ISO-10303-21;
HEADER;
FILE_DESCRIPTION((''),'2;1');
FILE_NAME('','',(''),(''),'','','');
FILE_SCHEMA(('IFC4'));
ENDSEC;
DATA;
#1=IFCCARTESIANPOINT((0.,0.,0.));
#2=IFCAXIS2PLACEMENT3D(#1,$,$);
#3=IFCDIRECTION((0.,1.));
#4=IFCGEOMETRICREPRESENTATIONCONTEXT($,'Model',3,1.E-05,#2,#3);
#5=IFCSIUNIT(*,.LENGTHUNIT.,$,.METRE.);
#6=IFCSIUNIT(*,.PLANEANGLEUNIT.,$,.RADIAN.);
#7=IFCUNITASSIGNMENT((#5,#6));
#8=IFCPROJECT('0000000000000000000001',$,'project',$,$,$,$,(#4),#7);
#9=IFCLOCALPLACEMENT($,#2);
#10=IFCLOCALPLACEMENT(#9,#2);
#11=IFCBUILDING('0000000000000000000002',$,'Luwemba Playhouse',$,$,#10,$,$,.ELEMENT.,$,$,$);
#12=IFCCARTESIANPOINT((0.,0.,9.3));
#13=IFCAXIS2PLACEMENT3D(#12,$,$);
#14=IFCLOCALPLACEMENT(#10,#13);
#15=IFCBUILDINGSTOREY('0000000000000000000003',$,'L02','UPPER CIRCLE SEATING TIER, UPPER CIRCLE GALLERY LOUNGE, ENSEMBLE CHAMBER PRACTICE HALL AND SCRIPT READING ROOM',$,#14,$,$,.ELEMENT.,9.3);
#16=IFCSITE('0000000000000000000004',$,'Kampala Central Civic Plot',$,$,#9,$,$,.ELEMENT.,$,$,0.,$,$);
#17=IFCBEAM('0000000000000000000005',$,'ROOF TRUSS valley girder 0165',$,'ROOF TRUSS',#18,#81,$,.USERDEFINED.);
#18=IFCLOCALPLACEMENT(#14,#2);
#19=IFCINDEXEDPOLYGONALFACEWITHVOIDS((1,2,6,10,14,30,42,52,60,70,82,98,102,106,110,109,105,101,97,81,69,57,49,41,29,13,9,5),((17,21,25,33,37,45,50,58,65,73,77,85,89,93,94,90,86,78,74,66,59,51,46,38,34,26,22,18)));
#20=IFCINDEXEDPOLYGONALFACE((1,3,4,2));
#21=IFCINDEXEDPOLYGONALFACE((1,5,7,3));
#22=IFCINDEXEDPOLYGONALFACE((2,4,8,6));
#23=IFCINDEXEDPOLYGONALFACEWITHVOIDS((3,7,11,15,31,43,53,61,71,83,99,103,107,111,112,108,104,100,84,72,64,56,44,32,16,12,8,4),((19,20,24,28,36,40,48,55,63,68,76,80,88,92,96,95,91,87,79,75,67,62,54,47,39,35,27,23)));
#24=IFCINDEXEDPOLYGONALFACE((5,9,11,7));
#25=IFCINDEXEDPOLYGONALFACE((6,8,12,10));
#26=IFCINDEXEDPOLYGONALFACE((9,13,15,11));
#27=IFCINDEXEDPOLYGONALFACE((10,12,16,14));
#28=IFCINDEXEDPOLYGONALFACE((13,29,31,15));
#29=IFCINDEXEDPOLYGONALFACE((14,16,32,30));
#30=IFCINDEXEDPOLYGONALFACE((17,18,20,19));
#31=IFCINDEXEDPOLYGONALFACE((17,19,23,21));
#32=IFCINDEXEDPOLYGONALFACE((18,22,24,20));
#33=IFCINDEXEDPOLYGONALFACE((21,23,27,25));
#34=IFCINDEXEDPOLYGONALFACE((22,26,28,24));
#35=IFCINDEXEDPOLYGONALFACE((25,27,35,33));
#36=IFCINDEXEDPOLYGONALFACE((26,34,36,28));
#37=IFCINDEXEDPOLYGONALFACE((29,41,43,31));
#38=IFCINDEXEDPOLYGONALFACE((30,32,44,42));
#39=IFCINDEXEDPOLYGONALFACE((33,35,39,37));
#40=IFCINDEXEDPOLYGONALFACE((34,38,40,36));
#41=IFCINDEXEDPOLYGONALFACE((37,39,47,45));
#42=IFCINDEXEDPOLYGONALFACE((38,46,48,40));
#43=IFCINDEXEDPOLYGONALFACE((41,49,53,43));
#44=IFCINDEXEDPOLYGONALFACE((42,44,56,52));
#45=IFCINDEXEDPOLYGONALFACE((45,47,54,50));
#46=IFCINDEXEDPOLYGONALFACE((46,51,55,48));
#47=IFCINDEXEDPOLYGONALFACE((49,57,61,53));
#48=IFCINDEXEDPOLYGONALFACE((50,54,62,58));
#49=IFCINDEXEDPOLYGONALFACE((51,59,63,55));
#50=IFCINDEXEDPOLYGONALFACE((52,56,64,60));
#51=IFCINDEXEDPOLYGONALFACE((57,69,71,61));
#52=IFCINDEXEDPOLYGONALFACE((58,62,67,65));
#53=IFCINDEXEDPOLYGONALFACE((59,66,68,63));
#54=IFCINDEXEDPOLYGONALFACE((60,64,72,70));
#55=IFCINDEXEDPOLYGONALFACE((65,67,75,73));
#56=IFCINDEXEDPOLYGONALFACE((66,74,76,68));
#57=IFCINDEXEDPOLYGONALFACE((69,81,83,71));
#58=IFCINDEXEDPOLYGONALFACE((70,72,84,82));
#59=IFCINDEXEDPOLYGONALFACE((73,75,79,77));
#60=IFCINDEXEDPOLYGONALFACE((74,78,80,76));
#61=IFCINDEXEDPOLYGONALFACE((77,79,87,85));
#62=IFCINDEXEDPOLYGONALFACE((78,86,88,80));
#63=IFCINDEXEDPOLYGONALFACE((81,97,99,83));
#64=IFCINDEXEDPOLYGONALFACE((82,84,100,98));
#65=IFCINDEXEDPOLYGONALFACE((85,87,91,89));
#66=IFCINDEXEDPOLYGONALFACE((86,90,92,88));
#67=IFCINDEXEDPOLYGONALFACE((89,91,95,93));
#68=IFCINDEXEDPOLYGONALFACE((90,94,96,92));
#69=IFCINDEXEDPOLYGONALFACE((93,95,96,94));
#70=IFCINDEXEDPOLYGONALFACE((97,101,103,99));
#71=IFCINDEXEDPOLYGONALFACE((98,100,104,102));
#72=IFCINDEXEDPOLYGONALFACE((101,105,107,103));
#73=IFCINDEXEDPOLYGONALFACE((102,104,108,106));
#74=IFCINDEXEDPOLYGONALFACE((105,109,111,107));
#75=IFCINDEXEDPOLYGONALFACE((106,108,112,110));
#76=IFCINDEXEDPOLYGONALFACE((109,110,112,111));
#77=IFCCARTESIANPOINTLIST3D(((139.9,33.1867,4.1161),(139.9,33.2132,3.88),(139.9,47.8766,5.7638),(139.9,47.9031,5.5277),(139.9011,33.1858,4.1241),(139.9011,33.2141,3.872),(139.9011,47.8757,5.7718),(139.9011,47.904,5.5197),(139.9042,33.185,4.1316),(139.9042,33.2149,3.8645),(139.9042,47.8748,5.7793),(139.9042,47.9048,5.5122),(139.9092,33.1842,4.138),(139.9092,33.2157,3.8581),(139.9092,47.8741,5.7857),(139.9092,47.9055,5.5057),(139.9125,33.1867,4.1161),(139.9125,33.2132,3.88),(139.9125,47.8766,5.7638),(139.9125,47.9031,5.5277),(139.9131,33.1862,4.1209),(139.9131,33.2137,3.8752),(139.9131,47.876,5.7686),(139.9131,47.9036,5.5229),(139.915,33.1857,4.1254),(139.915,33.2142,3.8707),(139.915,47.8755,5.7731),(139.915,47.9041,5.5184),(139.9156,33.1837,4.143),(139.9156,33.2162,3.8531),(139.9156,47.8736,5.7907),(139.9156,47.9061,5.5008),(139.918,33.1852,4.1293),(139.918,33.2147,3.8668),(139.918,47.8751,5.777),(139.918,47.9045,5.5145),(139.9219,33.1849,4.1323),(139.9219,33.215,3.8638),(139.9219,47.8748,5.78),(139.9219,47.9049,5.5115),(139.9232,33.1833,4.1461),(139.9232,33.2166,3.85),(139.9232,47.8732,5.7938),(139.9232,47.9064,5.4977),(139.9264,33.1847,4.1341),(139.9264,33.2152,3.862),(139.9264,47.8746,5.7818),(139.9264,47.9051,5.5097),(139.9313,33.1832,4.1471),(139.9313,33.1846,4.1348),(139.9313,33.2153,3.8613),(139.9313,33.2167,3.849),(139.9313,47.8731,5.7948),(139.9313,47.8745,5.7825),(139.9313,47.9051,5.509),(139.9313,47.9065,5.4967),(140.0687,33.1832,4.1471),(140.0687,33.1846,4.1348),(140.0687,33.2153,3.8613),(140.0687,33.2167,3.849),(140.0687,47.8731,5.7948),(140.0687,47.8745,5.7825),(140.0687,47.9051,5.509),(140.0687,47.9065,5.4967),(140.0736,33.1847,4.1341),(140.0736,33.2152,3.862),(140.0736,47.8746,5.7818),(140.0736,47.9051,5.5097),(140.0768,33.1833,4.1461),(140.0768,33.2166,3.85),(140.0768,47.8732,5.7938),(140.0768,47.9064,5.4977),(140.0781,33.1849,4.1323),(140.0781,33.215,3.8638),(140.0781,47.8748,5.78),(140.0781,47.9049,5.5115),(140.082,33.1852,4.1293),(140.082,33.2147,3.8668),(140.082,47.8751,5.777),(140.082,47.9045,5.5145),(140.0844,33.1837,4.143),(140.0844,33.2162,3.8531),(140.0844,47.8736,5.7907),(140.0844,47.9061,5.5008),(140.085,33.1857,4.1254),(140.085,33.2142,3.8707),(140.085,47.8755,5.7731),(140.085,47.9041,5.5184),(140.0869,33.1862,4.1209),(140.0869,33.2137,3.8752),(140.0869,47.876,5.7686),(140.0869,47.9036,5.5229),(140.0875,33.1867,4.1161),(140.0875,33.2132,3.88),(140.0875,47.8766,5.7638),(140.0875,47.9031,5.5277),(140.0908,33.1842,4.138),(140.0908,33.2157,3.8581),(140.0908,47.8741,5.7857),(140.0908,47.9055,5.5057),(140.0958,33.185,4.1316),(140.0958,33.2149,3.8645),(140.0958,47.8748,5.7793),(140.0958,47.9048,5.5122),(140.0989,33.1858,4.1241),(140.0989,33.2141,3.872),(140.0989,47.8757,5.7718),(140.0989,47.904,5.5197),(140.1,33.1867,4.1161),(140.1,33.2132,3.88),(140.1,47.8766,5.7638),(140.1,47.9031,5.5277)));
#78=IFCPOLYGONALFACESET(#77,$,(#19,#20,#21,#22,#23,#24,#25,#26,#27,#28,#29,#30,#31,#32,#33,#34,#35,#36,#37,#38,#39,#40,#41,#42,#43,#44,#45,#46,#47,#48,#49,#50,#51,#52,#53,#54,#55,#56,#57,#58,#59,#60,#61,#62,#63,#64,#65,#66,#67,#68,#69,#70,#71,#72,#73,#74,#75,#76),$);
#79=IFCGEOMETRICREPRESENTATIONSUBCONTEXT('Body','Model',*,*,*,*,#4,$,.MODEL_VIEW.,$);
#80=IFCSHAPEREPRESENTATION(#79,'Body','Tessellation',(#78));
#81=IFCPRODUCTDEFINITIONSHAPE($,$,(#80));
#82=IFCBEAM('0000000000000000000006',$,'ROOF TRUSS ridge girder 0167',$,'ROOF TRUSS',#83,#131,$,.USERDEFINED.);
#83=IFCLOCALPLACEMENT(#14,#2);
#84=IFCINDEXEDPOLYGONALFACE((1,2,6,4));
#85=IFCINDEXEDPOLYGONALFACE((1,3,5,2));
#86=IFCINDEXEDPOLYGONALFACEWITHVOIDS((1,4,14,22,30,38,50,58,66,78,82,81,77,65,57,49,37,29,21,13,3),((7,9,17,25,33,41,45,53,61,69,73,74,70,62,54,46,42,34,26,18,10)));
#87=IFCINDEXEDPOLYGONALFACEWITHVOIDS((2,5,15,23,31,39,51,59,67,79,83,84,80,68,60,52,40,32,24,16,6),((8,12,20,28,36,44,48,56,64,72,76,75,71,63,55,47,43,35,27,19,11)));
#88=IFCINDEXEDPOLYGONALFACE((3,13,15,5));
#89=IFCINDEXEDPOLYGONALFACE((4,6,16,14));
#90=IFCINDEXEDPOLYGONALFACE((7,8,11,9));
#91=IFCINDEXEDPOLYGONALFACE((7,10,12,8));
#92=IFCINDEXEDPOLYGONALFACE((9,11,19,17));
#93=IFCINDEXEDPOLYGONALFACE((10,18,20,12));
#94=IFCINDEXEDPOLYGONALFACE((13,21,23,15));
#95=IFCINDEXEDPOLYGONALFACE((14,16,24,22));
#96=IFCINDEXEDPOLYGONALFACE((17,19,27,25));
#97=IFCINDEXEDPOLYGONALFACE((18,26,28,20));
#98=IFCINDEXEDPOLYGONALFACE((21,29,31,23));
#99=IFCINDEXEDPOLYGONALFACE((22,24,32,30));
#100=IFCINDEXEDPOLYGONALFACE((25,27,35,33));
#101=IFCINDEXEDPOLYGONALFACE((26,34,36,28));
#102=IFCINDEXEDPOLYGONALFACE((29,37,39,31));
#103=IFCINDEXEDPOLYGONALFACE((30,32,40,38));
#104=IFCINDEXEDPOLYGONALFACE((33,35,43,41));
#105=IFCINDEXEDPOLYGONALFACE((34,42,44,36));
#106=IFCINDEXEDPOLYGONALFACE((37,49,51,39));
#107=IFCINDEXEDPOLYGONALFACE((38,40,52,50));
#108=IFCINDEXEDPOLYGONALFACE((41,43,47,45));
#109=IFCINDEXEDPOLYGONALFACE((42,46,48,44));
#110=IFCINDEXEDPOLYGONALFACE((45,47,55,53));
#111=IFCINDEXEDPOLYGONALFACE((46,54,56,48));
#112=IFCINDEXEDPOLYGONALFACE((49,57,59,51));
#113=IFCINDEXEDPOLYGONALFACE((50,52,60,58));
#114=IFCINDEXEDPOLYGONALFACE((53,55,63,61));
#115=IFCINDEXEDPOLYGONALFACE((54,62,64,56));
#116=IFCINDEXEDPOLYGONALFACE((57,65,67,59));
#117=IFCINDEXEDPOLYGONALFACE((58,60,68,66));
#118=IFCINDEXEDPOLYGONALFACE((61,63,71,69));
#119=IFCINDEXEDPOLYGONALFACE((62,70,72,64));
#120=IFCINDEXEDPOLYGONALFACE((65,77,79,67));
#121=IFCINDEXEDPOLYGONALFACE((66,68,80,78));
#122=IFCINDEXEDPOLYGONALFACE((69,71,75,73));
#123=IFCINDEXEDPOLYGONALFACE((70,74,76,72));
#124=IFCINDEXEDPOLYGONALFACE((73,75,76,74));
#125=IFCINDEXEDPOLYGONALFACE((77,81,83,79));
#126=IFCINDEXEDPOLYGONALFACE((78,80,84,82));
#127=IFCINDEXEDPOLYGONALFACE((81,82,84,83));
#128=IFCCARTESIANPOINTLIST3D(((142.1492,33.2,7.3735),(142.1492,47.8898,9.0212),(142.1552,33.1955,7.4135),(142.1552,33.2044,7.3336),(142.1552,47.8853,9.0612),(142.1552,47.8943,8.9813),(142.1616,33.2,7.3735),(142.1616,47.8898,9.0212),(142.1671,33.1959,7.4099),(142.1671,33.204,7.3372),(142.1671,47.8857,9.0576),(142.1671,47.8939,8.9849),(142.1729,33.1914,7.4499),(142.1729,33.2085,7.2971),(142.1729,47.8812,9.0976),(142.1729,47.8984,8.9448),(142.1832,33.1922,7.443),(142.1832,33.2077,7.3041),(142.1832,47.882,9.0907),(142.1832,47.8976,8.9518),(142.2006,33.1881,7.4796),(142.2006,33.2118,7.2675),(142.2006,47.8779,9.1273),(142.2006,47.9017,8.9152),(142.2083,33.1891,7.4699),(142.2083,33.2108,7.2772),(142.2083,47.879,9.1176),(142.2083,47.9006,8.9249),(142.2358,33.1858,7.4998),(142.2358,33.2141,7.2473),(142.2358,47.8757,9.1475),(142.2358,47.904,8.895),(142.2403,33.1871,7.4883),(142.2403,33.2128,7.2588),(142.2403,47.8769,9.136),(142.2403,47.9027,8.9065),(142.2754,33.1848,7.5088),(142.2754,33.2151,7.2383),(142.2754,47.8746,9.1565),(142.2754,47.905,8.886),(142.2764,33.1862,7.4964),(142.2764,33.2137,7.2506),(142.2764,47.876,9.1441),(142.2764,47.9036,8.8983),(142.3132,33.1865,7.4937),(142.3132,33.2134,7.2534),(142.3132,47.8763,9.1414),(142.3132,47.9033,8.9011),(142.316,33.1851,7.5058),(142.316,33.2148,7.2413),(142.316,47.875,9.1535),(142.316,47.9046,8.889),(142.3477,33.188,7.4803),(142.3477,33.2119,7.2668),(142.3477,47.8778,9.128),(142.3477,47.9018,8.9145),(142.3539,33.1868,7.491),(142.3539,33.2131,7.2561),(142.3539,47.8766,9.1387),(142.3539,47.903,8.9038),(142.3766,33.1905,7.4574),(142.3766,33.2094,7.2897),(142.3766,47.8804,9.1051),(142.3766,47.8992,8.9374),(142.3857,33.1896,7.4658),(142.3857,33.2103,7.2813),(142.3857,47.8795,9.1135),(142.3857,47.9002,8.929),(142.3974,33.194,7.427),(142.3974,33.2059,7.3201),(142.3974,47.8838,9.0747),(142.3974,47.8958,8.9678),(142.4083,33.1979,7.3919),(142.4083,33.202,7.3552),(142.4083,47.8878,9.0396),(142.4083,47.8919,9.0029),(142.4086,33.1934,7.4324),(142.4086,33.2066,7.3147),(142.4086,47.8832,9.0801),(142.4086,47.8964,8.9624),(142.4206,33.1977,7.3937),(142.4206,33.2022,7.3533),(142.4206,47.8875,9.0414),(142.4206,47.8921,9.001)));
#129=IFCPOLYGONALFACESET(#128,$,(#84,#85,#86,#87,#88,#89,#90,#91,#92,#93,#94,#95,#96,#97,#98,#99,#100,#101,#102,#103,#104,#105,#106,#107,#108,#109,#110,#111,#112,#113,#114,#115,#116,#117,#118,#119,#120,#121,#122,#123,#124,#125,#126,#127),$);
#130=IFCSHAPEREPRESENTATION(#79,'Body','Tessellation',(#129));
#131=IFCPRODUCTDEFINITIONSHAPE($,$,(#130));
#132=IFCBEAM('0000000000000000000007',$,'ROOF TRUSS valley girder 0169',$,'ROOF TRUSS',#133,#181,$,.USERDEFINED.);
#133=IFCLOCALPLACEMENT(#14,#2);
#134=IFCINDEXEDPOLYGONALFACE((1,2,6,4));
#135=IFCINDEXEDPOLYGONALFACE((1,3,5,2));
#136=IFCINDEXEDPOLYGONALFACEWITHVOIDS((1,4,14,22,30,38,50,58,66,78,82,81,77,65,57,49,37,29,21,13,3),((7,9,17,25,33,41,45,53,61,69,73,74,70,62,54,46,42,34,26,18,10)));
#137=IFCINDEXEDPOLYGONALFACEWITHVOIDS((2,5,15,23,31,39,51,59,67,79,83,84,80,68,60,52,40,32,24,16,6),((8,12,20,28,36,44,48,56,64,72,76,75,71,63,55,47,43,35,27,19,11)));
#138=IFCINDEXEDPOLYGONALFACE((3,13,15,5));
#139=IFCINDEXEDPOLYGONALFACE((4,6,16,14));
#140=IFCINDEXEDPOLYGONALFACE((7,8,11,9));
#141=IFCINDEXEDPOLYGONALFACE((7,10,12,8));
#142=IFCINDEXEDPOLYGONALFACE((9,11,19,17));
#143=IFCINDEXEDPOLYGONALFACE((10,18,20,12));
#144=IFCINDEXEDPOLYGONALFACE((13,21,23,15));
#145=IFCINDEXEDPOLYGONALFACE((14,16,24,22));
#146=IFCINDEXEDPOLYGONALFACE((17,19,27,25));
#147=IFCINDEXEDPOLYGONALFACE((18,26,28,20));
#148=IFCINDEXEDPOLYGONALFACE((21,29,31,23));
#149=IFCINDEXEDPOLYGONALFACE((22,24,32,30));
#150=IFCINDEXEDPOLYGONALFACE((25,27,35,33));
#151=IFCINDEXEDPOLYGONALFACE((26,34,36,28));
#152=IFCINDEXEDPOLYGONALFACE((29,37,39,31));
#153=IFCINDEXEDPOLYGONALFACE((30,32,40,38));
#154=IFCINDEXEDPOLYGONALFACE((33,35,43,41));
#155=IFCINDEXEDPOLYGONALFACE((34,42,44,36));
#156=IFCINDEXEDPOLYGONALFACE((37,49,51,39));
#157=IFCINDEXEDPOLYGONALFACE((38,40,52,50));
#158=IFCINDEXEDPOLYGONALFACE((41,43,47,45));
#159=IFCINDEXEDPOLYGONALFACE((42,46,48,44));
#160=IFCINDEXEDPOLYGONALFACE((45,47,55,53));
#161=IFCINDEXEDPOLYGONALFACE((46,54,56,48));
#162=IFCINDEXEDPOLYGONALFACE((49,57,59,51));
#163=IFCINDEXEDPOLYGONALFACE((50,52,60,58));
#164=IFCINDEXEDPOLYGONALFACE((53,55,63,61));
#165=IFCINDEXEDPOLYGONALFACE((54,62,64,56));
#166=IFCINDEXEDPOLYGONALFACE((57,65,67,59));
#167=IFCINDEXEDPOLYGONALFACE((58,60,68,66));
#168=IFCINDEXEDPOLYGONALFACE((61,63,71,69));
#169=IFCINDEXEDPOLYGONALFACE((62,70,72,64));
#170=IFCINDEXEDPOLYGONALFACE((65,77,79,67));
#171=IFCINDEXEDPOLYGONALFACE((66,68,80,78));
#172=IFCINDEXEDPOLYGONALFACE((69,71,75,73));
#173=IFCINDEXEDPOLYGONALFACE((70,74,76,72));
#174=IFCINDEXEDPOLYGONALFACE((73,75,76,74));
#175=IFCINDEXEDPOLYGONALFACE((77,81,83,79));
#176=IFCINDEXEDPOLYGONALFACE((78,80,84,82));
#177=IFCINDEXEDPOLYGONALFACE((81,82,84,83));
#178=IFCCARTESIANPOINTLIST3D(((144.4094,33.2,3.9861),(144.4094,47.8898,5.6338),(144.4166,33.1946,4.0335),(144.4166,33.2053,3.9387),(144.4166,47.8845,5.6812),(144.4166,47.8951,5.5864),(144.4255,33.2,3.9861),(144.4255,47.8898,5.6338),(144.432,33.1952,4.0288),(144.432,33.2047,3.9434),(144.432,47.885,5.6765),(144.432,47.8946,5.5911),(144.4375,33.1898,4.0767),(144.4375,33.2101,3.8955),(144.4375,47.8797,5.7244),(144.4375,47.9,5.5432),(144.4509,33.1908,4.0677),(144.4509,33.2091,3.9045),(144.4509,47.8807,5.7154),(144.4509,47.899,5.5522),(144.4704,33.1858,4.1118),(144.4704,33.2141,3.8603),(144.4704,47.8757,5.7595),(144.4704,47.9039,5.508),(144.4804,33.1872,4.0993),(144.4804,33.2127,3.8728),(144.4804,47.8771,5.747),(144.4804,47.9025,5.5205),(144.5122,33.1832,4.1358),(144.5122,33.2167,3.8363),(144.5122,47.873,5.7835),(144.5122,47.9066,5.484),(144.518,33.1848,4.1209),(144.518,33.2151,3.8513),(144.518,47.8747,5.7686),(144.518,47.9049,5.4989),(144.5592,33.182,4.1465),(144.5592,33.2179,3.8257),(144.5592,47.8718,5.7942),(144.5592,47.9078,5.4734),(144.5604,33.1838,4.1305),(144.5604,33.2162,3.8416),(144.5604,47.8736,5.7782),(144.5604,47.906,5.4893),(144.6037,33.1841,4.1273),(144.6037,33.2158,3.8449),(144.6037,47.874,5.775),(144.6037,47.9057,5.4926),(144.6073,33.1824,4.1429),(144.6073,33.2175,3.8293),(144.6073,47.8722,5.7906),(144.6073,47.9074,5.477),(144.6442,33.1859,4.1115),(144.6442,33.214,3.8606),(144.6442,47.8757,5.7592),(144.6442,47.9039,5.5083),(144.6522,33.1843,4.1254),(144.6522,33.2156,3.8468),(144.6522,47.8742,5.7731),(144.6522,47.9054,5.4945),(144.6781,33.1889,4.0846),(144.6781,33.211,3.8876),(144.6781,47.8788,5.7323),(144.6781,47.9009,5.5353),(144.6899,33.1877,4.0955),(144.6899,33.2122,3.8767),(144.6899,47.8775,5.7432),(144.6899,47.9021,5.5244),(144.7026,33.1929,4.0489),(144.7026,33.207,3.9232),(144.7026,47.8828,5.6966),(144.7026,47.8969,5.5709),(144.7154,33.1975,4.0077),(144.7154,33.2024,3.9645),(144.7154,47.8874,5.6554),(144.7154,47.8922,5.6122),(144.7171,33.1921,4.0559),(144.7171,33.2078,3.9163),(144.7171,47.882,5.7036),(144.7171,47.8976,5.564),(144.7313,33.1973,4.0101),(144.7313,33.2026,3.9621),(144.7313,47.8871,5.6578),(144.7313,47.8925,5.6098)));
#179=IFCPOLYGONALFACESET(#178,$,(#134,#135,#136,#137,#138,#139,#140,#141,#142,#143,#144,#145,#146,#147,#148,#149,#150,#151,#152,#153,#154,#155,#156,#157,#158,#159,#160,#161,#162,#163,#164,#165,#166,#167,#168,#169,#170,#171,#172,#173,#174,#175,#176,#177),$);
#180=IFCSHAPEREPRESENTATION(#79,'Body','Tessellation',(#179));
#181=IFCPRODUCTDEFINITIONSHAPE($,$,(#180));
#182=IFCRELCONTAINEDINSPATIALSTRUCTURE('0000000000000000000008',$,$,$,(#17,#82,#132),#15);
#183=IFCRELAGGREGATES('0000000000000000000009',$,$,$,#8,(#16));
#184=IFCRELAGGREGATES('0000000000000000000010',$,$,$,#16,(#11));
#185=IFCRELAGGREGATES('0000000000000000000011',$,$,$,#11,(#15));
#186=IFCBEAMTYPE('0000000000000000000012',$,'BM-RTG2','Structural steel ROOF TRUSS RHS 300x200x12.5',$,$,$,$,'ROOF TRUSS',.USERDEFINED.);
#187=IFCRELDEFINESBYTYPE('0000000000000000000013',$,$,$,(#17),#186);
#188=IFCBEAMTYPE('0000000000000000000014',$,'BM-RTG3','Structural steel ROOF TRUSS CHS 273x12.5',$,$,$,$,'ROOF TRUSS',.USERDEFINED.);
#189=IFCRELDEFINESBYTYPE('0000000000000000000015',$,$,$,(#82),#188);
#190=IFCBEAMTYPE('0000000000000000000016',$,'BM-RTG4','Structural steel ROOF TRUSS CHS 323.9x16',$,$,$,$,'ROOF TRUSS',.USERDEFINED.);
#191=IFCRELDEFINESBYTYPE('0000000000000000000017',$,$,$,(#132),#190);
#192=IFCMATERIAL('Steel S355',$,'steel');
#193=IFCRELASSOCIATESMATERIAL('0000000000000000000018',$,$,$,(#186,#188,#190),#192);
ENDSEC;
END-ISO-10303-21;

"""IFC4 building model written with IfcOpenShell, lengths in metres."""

from ifc_helpers import new_model, si_unit, direction, frame, origin, origin_2d, place, context, subcontext, project, spatial, hollow_rectangle, hollow_circle, extrude, material, material_profile, profile_set, type_object, element, save


model = new_model("IFC4")

# Units and contexts
model_context = context("Model", 3, precision=1e-05, world=origin(), true_north=direction((0.0, 1.0)))
body_context = subcontext(model_context, "Body", "Model", "MODEL_VIEW")
ifc_project = project(units=[si_unit("LENGTHUNIT", "METRE"), si_unit("PLANEANGLEUNIT", "RADIAN")], contexts=[model_context])

# Site, building, storey
site_placement = place(None, origin())
site = spatial("IfcSite", under=ifc_project, at=site_placement, Name="Kampala Central Civic Plot", CompositionType="ELEMENT", RefElevation=0.0)
building_placement = place(site_placement, origin())
building = spatial("IfcBuilding", under=site, at=building_placement, Name="Luwemba Playhouse", CompositionType="ELEMENT")
storey_placement = place(building_placement, frame((0.0, 0.0, 9.3)))
storey = spatial("IfcBuildingStorey", under=building, at=storey_placement, Name="L02", Description="UPPER CIRCLE SEATING TIER, UPPER CIRCLE GALLERY LOUNGE, ENSEMBLE CHAMBER PRACTICE HALL AND SCRIPT READING ROOM", CompositionType="ELEMENT", Elevation=9.3)

# Shared definitions
ifc_material_1 = material(Name="Steel S355", Category="steel")

# Beams
ifc_material_profile_1 = material_profile(ifc_material_1, hollow_rectangle(XDim=0.2, YDim=0.3, WallThickness=0.0125, InnerFilletRadius=0.0188, OuterFilletRadius=0.0312, at=origin_2d()))
ifc_profile_set_1 = profile_set([ifc_material_profile_1], Name="Steel S355")
beam_type_1 = type_object("IfcBeamType", Name="BM-RTG2", Description="Structural steel ROOF TRUSS RHS 300x200x12.5", ElementType="ROOF TRUSS", PredefinedType="USERDEFINED", material=ifc_profile_set_1)
beam_1_placement = place(storey_placement, frame((140.0, 33.2, 3.998), z_axis=(0.0, 0.993768, 0.111467), x_axis=(-1.0, 0.0, 0.0)))
element("IfcBeam", 1, at=beam_1_placement, inside=storey, type_object=beam_type_1, Name="ROOF TRUSS valley girder 0165", ObjectType="ROOF TRUSS", PredefinedType="USERDEFINED", context=body_context, shape_type="SweptSolid", body=[
    extrude(hollow_rectangle(XDim=0.2, YDim=0.3, WallThickness=0.0125, InnerFilletRadius=0.0188, OuterFilletRadius=0.0312, at=origin_2d()), origin(), (0.0, 0.0, 1.0), 14.782),
])
ifc_material_profile_2 = material_profile(ifc_material_1, hollow_circle(Radius=0.1365, WallThickness=0.0125, at=origin_2d()))
ifc_profile_set_2 = profile_set([ifc_material_profile_2], Name="Steel S355")
beam_type_2 = type_object("IfcBeamType", Name="BM-RTG3", Description="Structural steel ROOF TRUSS CHS 273x12.5", ElementType="ROOF TRUSS", PredefinedType="USERDEFINED", material=ifc_profile_set_2)
beam_2_placement = place(storey_placement, frame((142.2856, 33.2, 7.3735), z_axis=(0.0, 0.993768, 0.111467), x_axis=(-1.0, 0.0, 0.0)))
element("IfcBeam", 2, at=beam_2_placement, inside=storey, type_object=beam_type_2, Name="ROOF TRUSS ridge girder 0167", ObjectType="ROOF TRUSS", PredefinedType="USERDEFINED", context=body_context, shape_type="SweptSolid", body=[
    extrude(hollow_circle(Radius=0.1365, WallThickness=0.0125, at=origin_2d()), origin(), (0.0, 0.0, 1.0), 14.782),
])
ifc_material_profile_3 = material_profile(ifc_material_1, hollow_circle(Radius=0.1619, WallThickness=0.0161, at=origin_2d()))
ifc_profile_set_3 = profile_set([ifc_material_profile_3], Name="Steel S355")
beam_type_3 = type_object("IfcBeamType", Name="BM-RTG4", Description="Structural steel ROOF TRUSS CHS 323.9x16", ElementType="ROOF TRUSS", PredefinedType="USERDEFINED", material=ifc_profile_set_3)
beam_3_placement = place(storey_placement, frame((144.5713, 33.2, 3.9861), z_axis=(0.0, 0.993768, 0.111467), x_axis=(-1.0, 0.0, 0.0)))
element("IfcBeam", 3, at=beam_3_placement, inside=storey, type_object=beam_type_3, Name="ROOF TRUSS valley girder 0169", ObjectType="ROOF TRUSS", PredefinedType="USERDEFINED", context=body_context, shape_type="SweptSolid", body=[
    extrude(hollow_circle(Radius=0.1619, WallThickness=0.0161, at=origin_2d()), origin(), (0.0, 0.0, 1.0), 14.782),
])

save(model, "model.ifc")
